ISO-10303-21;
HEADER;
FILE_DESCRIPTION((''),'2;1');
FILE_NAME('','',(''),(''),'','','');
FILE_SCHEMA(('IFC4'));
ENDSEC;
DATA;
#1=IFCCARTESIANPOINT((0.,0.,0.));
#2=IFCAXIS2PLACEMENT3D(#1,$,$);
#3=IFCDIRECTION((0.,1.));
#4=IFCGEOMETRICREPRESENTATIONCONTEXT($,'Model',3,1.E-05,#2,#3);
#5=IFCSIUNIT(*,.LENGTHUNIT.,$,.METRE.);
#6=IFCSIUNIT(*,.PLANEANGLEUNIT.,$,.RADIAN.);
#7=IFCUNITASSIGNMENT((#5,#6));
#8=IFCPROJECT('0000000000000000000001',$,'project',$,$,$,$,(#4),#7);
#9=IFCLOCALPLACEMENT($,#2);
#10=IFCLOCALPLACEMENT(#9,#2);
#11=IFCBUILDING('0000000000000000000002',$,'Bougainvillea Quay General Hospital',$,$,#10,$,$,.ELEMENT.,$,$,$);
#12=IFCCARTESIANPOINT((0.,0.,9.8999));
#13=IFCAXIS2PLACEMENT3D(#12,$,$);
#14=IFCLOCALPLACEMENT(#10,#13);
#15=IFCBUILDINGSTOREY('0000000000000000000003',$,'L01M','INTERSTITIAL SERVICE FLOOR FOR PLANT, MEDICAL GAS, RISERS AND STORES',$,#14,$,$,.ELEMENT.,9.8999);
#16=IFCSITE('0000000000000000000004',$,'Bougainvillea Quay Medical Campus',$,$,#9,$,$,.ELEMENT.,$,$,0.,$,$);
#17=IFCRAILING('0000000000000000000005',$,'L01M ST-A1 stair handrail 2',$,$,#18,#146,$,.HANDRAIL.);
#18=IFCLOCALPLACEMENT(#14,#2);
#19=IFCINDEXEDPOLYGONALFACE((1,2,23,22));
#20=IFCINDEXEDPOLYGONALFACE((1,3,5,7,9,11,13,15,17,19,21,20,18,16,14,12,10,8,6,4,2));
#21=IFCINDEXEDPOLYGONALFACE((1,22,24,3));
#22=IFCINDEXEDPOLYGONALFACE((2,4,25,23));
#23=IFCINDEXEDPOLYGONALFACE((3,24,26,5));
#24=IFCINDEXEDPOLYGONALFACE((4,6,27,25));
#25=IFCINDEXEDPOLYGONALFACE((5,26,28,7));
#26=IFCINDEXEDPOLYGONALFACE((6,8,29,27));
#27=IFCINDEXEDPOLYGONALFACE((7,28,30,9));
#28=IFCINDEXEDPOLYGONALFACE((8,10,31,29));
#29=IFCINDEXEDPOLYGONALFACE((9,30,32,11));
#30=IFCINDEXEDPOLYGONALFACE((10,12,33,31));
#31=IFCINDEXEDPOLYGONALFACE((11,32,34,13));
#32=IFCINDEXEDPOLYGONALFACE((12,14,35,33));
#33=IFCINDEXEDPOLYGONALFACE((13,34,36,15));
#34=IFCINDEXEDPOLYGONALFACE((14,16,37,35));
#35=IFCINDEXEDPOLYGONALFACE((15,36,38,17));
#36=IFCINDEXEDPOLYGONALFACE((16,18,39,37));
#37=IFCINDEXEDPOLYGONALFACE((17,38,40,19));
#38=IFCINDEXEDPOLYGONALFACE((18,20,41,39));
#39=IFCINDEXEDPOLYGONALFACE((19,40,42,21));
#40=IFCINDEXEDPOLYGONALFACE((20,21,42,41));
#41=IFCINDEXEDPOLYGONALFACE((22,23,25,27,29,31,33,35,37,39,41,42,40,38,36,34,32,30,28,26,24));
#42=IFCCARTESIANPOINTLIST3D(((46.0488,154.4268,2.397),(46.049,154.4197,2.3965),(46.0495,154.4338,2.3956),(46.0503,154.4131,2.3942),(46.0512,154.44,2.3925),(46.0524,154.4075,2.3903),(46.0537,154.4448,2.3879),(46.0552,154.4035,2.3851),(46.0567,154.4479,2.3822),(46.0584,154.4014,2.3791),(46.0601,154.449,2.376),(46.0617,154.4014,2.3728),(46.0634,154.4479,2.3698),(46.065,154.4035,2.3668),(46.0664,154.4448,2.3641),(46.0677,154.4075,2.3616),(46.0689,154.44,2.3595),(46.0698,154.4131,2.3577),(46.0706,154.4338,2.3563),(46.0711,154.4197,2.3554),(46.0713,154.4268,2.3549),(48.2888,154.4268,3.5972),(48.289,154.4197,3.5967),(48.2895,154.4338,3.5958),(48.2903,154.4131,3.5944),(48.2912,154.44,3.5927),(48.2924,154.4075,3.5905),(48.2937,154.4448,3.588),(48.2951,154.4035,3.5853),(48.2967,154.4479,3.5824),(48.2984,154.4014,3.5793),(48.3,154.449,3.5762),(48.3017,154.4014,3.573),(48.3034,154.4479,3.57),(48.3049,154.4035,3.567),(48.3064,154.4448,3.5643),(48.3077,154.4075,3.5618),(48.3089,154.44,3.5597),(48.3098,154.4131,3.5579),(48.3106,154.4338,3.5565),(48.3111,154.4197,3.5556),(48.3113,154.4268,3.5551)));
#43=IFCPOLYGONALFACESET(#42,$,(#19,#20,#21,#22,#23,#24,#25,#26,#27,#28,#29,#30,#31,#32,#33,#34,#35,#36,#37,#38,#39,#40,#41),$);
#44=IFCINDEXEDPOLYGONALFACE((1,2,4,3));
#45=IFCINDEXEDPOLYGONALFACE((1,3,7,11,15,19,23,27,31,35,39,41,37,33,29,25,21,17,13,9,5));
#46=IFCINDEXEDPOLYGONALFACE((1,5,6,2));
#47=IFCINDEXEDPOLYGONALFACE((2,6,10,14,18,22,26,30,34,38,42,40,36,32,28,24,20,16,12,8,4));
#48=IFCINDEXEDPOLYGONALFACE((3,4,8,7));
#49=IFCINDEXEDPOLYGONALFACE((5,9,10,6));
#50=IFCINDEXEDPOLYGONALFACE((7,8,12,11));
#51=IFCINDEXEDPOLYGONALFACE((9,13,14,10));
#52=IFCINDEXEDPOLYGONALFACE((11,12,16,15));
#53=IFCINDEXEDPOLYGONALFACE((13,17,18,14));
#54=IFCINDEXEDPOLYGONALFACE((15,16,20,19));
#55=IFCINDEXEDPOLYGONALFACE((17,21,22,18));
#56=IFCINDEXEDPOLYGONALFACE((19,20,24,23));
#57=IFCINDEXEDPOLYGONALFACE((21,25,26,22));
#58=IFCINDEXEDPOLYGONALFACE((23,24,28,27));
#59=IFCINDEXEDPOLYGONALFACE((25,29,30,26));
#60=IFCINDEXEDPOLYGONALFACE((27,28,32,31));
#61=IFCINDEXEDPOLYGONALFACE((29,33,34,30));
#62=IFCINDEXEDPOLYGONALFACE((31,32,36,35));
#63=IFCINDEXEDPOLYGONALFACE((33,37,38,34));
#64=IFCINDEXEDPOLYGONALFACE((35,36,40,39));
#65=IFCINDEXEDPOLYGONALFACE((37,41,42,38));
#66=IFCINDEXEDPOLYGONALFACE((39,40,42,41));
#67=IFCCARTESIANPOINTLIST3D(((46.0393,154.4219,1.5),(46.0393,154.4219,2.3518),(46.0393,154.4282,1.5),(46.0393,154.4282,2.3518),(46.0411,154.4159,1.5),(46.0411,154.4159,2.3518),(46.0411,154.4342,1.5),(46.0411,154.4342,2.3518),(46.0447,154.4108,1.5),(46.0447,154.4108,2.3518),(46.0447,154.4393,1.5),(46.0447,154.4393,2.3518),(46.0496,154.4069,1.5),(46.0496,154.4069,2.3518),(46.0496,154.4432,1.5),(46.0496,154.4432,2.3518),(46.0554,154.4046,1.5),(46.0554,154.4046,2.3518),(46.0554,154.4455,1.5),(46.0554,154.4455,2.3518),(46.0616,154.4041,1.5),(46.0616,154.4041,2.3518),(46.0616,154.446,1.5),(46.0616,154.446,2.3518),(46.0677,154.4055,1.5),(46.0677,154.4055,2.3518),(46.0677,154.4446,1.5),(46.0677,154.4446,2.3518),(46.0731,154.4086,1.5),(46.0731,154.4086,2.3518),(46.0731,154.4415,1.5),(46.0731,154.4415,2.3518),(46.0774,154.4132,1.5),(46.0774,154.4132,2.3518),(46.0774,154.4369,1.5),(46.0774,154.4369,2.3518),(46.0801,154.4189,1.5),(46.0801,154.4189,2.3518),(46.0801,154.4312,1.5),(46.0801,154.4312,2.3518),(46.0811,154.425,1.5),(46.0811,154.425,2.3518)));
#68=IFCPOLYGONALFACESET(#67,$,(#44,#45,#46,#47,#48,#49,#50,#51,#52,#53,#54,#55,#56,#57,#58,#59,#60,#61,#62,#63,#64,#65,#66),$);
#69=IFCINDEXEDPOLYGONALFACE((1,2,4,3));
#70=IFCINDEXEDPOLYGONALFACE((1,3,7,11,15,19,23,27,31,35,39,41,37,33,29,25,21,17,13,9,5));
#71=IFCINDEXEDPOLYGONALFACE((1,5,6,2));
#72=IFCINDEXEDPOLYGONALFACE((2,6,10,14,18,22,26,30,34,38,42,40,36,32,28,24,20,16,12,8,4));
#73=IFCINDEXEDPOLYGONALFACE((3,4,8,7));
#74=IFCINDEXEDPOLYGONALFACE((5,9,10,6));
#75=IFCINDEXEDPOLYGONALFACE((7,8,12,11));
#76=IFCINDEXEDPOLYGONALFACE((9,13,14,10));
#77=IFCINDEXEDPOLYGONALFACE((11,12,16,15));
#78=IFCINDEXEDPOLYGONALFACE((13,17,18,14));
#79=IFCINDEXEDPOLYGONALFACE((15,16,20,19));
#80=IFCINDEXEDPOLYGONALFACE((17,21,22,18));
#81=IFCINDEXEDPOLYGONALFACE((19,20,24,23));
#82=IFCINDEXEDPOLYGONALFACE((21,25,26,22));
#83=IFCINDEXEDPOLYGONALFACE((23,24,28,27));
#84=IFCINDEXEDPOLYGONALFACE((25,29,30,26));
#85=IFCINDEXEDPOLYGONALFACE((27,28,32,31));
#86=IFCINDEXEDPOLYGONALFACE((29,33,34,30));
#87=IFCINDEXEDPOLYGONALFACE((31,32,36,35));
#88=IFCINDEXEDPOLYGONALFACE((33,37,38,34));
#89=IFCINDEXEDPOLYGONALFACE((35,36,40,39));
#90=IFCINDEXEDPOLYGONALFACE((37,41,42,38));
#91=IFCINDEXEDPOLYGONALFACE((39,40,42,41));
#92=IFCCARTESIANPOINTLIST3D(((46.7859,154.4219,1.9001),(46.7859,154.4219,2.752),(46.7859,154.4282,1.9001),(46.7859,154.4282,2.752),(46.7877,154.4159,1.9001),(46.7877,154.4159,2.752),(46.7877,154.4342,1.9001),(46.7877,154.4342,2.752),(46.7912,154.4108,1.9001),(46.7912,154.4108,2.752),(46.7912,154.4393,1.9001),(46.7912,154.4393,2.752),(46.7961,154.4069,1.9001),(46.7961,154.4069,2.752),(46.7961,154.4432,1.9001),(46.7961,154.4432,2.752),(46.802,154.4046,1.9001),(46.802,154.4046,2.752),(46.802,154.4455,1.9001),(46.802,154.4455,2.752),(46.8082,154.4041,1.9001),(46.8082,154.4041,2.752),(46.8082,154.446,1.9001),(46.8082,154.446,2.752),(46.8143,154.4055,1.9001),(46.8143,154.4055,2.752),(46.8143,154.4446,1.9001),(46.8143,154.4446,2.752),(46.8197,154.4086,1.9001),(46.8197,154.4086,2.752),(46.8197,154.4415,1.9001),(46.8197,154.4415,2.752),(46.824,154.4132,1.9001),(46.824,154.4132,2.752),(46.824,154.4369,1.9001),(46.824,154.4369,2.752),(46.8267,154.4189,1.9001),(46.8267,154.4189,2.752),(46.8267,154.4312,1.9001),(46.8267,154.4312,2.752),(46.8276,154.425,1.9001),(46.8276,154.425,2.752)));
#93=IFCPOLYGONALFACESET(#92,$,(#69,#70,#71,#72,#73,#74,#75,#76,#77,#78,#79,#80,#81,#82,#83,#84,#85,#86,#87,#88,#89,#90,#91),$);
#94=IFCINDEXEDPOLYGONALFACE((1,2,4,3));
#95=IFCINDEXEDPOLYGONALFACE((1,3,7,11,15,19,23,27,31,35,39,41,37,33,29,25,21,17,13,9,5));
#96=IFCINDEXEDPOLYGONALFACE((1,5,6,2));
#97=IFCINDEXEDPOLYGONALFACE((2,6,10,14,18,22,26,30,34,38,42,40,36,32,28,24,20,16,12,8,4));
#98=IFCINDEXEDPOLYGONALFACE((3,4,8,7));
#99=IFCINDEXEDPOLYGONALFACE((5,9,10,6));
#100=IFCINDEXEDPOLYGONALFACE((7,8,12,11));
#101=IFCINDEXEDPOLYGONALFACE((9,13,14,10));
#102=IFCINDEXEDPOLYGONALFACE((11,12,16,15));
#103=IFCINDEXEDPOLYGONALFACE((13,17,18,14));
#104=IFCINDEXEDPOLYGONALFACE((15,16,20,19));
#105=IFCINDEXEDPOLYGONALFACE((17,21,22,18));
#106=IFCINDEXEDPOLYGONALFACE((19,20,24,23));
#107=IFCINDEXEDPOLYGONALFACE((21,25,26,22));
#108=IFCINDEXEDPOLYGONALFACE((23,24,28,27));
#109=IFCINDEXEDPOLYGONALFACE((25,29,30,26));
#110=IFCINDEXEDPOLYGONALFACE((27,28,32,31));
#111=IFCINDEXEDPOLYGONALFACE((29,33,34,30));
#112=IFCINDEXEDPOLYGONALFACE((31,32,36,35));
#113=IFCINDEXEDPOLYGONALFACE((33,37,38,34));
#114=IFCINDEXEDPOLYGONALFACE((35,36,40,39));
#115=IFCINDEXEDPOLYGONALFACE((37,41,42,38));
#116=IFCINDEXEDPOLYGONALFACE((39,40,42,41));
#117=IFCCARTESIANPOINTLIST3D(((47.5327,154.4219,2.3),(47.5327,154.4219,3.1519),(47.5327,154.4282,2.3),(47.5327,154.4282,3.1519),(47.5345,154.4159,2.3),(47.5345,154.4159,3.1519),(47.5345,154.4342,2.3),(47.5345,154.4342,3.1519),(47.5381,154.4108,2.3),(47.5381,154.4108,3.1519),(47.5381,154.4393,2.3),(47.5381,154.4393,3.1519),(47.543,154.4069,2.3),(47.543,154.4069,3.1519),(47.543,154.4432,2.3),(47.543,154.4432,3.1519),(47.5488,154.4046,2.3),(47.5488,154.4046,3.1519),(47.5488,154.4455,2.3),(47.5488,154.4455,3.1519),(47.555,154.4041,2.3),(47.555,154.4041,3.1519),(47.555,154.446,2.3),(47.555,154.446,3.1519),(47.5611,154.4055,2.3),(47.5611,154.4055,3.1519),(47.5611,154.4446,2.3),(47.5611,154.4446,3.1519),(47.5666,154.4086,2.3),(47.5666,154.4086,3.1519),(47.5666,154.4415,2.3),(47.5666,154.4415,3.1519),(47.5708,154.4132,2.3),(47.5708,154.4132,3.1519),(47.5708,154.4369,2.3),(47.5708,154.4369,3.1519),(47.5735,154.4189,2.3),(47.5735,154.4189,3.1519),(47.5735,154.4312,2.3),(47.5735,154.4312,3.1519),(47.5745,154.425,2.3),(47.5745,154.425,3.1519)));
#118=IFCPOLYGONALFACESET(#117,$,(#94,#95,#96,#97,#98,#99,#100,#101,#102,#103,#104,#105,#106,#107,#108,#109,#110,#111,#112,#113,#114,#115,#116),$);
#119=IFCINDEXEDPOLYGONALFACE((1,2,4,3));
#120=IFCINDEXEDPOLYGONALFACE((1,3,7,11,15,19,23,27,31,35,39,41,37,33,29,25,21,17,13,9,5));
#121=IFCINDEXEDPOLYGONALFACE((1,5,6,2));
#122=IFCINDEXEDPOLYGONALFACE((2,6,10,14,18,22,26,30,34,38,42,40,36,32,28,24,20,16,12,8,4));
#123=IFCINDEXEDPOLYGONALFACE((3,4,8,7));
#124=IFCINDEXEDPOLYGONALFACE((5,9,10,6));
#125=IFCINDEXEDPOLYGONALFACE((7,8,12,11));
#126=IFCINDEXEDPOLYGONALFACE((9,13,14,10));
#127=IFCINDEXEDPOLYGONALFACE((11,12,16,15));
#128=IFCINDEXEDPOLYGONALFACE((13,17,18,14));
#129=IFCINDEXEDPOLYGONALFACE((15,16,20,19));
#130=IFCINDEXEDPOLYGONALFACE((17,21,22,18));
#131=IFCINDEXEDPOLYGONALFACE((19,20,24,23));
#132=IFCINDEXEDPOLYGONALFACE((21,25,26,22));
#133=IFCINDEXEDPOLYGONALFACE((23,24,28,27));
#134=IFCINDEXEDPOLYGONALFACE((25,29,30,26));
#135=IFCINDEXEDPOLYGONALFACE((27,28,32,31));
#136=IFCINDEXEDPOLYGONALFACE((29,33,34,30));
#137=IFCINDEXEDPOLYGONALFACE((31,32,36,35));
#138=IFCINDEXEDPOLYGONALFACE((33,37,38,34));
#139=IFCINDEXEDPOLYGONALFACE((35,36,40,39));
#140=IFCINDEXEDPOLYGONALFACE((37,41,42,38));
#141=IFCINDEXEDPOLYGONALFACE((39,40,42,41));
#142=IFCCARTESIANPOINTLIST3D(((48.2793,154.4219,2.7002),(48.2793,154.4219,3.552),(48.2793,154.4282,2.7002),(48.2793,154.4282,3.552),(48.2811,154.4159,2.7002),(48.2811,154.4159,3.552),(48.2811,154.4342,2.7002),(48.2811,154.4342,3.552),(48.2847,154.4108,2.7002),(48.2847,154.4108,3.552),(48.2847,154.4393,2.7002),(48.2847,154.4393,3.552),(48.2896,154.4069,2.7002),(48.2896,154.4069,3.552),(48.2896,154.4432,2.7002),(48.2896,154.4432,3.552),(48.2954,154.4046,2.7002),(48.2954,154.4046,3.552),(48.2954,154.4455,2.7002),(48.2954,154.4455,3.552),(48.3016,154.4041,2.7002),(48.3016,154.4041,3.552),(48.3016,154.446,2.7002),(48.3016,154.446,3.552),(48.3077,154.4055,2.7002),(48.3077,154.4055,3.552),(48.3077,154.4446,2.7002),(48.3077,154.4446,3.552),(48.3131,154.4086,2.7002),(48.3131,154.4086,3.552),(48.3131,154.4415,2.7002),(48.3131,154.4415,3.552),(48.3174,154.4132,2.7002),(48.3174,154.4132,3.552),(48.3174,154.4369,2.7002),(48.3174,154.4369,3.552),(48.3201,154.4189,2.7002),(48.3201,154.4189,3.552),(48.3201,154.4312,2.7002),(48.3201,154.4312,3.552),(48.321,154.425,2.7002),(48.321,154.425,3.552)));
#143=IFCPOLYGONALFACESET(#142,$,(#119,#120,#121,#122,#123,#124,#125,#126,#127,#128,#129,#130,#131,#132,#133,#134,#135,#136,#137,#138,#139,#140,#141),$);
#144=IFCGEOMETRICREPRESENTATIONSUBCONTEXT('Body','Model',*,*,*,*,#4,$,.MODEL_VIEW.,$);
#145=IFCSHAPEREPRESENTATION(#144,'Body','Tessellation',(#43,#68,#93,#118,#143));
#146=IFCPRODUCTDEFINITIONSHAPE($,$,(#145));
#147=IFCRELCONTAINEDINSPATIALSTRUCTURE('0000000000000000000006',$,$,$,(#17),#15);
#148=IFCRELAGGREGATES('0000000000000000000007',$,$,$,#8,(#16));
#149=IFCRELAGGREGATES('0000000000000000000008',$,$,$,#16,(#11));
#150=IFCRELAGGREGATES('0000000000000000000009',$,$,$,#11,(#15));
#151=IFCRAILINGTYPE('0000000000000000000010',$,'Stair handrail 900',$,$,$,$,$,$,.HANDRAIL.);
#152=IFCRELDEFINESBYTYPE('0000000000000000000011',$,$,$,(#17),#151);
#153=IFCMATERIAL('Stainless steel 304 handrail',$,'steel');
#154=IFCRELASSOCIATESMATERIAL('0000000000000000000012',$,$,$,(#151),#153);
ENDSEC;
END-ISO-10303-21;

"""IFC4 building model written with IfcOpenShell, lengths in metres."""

from ifc_helpers import new_model, si_unit, direction, frame, origin, origin_2d, place, context, subcontext, project, spatial, circle, extrude, material, type_object, element, save


model = new_model("IFC4")

# Units and contexts
model_context = context("Model", 3, precision=1e-05, world=origin(), true_north=direction((0.0, 1.0)))
body_context = subcontext(model_context, "Body", "Model", "MODEL_VIEW")
ifc_project = project(units=[si_unit("LENGTHUNIT", "METRE"), si_unit("PLANEANGLEUNIT", "RADIAN")], contexts=[model_context])

# Site, building, storey
site_placement = place(None, origin())
site = spatial("IfcSite", under=ifc_project, at=site_placement, Name="Bougainvillea Quay Medical Campus", CompositionType="ELEMENT", RefElevation=0.0)
building_placement = place(site_placement, origin())
building = spatial("IfcBuilding", under=site, at=building_placement, Name="Bougainvillea Quay General Hospital", CompositionType="ELEMENT")
storey_placement = place(building_placement, frame((0.0, 0.0, 9.8999)))
storey = spatial("IfcBuildingStorey", under=building, at=storey_placement, Name="L01M", Description="INTERSTITIAL SERVICE FLOOR FOR PLANT, MEDICAL GAS, RISERS AND STORES", CompositionType="ELEMENT", Elevation=9.8999)

# Railing
ifc_material_1 = material(Name="Stainless steel 304 handrail", Category="steel")
railing_type_1 = type_object("IfcRailingType", Name="Stair handrail 900", PredefinedType="HANDRAIL", material=ifc_material_1)
railing_1_placement = place(storey_placement, frame((46.0601, 154.425, 1.5)))
element("IfcRailing", 1, at=railing_1_placement, inside=storey, type_object=railing_type_1, Name="L01M ST-A1 stair handrail 2", PredefinedType="HANDRAIL", context=body_context, shape_type="SweptSolid", body=[
    extrude(circle(Radius=0.0239, at=origin_2d()), frame((0.0, 0.0, 0.876), z_axis=(0.881447, 0.0, 0.472283), x_axis=(0.0, 1.0, 0.0)), (0.0, 0.0, 1.0), 2.5413),
    extrude(circle(Radius=0.021, at=origin_2d()), origin(), (0.0, 0.0, 1.0), 0.8518),
    extrude(circle(Radius=0.021, at=origin_2d()), frame((0.7466, 0.0, 0.4001)), (0.0, 0.0, 1.0), 0.8518),
    extrude(circle(Radius=0.021, at=origin_2d()), frame((1.4934, 0.0, 0.8)), (0.0, 0.0, 1.0), 0.8518),
    extrude(circle(Radius=0.021, at=origin_2d()), frame((2.24, 0.0, 1.2002)), (0.0, 0.0, 1.0), 0.8518),
])

save(model, "model.ifc")
